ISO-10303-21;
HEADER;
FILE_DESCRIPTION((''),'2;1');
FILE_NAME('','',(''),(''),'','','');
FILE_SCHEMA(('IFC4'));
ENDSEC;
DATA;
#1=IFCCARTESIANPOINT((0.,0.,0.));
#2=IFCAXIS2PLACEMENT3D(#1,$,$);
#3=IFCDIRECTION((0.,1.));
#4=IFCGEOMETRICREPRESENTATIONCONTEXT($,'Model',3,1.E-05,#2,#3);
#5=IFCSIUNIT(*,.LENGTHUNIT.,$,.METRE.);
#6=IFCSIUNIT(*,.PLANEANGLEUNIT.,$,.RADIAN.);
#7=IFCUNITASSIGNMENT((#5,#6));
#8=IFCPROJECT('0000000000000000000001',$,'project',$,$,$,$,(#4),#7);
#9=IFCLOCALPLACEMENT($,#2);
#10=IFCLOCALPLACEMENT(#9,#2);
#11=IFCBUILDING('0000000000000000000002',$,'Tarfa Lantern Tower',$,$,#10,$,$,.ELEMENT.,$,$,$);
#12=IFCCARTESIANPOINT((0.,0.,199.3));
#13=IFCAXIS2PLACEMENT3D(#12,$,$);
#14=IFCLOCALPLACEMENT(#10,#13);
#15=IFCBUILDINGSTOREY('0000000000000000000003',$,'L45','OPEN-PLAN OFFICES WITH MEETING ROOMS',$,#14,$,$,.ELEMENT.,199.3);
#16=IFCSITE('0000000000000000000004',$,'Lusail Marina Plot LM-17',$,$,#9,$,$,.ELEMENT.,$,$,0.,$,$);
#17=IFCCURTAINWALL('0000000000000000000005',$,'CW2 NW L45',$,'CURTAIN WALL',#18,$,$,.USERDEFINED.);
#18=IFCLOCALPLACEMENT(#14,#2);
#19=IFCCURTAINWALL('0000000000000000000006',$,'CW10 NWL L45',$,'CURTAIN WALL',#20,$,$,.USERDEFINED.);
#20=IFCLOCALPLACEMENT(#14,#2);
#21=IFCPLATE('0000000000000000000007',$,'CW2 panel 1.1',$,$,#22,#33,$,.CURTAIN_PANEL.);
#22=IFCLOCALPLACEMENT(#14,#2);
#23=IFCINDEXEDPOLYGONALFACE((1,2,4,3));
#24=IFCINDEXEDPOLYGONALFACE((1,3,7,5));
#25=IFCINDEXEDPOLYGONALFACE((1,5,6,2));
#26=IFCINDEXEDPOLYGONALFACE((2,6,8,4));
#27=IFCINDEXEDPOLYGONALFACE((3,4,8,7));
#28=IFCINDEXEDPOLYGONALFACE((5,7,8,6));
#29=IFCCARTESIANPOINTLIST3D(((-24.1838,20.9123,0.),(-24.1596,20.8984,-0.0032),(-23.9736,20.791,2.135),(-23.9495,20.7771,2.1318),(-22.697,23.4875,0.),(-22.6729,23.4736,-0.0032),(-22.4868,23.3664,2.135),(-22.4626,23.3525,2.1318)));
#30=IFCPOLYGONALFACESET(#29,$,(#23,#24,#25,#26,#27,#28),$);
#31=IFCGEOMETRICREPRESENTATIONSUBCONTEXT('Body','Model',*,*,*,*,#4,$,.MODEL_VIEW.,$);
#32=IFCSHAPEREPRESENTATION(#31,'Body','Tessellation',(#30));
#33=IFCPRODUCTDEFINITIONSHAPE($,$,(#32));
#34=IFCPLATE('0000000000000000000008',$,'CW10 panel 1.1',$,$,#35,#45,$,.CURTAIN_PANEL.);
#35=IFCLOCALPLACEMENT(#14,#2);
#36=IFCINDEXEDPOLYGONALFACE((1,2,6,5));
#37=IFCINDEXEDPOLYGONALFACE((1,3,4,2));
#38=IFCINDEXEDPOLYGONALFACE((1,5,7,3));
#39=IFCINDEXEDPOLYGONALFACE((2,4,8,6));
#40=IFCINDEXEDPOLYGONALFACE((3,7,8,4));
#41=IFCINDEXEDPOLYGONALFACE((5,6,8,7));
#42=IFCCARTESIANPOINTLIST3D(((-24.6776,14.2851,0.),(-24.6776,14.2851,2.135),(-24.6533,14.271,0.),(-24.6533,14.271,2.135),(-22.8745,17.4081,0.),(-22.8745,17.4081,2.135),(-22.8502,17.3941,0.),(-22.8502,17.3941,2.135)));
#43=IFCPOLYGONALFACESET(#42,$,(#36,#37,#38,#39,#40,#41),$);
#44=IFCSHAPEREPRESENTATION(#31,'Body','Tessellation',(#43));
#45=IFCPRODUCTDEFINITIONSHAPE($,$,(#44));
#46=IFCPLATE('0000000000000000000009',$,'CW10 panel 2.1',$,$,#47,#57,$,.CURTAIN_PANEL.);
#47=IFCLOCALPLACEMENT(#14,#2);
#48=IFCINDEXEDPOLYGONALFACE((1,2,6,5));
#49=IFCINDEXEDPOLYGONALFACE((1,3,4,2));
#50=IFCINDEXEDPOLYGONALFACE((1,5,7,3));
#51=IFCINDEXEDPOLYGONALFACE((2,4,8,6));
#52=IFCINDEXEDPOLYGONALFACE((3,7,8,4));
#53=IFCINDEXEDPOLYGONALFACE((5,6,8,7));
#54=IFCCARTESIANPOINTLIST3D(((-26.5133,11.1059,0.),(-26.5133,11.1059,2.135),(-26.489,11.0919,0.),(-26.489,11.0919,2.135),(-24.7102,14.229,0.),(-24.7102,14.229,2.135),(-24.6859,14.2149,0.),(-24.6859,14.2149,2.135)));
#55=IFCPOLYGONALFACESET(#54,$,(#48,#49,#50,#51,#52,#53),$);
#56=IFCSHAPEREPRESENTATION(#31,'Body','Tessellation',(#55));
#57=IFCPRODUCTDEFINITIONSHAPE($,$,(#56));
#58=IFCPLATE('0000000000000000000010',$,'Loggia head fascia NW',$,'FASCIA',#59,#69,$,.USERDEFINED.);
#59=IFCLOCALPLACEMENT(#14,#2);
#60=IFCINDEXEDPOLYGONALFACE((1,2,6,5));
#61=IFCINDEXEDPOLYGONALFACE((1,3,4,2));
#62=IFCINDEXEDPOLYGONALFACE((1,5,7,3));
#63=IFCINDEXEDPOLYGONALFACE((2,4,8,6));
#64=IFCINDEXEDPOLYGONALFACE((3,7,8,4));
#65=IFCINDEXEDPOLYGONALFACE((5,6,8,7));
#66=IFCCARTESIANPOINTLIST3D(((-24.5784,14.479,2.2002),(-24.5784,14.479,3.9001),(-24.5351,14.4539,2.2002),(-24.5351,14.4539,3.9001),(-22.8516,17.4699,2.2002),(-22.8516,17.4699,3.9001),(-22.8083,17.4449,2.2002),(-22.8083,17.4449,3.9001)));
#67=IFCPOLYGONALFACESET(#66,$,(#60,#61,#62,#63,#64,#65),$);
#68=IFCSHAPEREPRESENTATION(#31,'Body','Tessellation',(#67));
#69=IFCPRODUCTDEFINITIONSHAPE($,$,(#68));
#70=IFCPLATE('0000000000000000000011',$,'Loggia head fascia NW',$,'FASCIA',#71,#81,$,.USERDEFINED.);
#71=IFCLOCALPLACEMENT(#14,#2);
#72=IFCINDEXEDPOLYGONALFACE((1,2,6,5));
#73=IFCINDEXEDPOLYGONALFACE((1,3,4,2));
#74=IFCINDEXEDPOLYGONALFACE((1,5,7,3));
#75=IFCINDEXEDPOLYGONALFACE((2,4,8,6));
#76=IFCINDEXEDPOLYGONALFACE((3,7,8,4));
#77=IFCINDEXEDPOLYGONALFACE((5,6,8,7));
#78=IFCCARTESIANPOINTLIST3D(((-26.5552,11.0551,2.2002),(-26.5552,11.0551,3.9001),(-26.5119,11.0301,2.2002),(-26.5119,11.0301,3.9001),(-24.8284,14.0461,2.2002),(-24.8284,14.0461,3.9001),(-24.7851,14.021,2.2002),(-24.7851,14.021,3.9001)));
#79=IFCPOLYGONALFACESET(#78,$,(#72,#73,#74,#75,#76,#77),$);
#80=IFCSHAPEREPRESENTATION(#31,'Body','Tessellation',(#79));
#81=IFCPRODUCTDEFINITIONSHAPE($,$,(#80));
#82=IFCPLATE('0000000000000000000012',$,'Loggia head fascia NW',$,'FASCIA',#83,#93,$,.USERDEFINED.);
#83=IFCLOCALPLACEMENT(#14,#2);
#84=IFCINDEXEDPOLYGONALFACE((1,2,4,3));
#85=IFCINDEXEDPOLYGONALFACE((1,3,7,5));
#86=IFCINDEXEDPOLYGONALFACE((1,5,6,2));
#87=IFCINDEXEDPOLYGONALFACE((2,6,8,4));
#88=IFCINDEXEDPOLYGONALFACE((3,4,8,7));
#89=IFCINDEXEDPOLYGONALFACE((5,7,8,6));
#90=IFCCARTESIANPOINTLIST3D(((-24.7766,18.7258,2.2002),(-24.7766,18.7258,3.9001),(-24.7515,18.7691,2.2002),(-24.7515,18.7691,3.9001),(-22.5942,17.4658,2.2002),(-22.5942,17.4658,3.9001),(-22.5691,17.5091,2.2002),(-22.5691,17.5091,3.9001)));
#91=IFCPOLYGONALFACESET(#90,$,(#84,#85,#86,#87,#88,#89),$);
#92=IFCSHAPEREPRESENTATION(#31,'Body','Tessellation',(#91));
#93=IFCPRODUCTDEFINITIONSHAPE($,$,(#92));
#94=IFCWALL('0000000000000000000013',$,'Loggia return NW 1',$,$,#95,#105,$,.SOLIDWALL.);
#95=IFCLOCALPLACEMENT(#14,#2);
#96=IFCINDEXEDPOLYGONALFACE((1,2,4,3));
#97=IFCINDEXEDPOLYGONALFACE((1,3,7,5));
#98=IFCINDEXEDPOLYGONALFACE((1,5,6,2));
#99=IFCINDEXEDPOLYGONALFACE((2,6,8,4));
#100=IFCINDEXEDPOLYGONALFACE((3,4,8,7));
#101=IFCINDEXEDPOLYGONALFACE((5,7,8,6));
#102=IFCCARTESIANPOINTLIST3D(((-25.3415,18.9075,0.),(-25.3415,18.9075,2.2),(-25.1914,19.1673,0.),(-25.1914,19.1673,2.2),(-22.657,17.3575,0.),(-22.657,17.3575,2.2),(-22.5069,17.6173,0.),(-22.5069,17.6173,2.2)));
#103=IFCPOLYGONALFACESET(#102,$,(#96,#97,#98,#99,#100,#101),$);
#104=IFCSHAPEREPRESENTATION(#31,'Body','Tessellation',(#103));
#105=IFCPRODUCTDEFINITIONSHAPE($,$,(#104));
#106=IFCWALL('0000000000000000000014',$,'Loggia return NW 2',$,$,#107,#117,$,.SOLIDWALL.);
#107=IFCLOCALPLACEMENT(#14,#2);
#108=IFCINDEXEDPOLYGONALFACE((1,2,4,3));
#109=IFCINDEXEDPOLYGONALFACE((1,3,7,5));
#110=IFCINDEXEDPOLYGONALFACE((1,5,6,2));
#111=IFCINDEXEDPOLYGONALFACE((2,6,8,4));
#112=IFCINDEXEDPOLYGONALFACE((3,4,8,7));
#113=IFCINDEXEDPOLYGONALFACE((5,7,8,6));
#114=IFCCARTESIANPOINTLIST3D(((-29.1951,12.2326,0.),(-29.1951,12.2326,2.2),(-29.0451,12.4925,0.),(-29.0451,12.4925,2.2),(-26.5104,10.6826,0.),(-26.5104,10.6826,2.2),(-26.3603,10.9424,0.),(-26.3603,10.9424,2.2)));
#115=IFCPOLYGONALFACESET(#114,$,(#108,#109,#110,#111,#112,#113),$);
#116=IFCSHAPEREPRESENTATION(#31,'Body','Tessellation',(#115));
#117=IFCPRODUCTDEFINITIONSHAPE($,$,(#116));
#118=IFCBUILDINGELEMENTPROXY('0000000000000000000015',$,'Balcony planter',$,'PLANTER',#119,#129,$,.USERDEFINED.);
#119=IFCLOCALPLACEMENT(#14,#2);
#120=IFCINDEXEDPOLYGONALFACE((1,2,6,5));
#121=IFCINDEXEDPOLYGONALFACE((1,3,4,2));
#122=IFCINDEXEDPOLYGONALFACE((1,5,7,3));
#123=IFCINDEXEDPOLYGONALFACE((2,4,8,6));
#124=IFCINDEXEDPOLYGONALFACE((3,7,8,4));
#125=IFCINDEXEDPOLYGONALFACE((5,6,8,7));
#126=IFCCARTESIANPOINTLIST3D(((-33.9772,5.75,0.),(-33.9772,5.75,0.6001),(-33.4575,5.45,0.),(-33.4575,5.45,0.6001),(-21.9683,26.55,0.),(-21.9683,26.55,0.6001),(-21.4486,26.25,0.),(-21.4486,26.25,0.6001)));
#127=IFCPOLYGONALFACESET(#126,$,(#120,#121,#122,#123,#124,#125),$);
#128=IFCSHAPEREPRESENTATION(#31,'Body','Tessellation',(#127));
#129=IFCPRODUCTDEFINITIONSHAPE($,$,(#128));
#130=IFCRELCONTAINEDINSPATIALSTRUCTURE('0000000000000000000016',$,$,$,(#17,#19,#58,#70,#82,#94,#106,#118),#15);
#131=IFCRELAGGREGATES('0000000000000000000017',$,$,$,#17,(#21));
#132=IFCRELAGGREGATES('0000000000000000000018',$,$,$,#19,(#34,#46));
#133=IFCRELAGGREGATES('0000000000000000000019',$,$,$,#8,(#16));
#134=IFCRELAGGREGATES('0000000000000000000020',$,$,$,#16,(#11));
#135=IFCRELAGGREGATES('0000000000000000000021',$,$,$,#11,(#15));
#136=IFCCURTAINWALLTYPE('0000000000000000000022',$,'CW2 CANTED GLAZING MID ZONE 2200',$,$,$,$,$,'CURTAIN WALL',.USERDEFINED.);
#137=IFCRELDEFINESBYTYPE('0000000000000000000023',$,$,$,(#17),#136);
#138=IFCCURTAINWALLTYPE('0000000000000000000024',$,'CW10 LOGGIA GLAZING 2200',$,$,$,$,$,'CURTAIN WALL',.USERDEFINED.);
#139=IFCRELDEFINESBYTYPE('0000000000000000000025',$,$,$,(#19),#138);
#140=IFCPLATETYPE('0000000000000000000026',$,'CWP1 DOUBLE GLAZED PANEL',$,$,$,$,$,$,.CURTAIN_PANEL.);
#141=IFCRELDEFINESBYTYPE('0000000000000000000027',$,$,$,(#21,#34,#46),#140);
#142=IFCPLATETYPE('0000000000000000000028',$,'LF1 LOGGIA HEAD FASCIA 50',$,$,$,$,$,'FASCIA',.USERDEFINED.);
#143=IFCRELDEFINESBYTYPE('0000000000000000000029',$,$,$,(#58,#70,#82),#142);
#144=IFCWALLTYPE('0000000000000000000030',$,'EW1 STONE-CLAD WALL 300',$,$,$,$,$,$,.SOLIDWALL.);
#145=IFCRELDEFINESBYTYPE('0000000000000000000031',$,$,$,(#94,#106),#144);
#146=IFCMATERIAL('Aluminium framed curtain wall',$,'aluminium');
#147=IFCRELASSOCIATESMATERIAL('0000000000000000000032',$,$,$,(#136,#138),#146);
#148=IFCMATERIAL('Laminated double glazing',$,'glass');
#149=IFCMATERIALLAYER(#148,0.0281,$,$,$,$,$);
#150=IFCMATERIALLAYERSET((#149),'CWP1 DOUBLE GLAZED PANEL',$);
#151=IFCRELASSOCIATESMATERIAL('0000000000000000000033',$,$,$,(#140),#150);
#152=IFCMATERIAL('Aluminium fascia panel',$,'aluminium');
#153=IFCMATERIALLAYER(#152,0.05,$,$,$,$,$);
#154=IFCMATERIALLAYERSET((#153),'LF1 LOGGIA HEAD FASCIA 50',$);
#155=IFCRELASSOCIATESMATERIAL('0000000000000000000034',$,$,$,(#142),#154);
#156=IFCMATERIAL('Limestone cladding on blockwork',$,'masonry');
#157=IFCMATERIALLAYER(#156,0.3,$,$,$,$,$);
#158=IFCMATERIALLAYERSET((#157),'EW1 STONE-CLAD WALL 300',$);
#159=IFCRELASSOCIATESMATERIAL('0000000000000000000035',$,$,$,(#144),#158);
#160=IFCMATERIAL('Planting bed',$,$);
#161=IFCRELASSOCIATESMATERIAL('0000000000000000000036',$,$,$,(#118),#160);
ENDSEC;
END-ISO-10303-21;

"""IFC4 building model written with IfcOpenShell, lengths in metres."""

from ifc_helpers import new_model, si_unit, direction, frame, frame_2d, origin, origin_2d, place, context, subcontext, project, spatial, polyline, rectangle, outline, extrude, material, layer, layer_set, type_object, element, aggregate, save


model = new_model("IFC4")

# Units and contexts
model_context = context("Model", 3, precision=1e-05, world=origin(), true_north=direction((0.0, 1.0)))
body_context = subcontext(model_context, "Body", "Model", "MODEL_VIEW")
ifc_project = project(units=[si_unit("LENGTHUNIT", "METRE"), si_unit("PLANEANGLEUNIT", "RADIAN")], contexts=[model_context])

# Site, building, storey
site_placement = place(None, origin())
site = spatial("IfcSite", under=ifc_project, at=site_placement, Name="Lusail Marina Plot LM-17", CompositionType="ELEMENT", RefElevation=0.0)
building_placement = place(site_placement, origin())
building = spatial("IfcBuilding", under=site, at=building_placement, Name="Tarfa Lantern Tower", CompositionType="ELEMENT")
storey_placement = place(building_placement, frame((0.0, 0.0, 199.3)))
storey = spatial("IfcBuildingStorey", under=building, at=storey_placement, Name="L45", Description="OPEN-PLAN OFFICES WITH MEETING ROOMS", CompositionType="ELEMENT", Elevation=199.3)

# Curtain walls
ifc_material_1 = material(Name="Aluminium framed curtain wall", Category="aluminium")
curtain_wall_type_1 = type_object("IfcCurtainWallType", Name="CW2 CANTED GLAZING MID ZONE 2200", ElementType="CURTAIN WALL", PredefinedType="USERDEFINED", material=ifc_material_1)
curtain_wall_1_placement = place(storey_placement, origin())
curtain_wall_1 = element("IfcCurtainWall", 1, at=curtain_wall_1_placement, inside=storey, type_object=curtain_wall_type_1, Name="CW2 NW L45", ObjectType="CURTAIN WALL", PredefinedType="USERDEFINED")
curtain_wall_type_2 = type_object("IfcCurtainWallType", Name="CW10 LOGGIA GLAZING 2200", ElementType="CURTAIN WALL", PredefinedType="USERDEFINED", material=ifc_material_1)
curtain_wall_2_placement = place(storey_placement, origin())
curtain_wall_2 = element("IfcCurtainWall", 2, at=curtain_wall_2_placement, inside=storey, type_object=curtain_wall_type_2, Name="CW10 NWL L45", ObjectType="CURTAIN WALL", PredefinedType="USERDEFINED")

# Plates
ifc_material_2 = material(Name="Laminated double glazing", Category="glass")
ifc_layer_1 = layer(ifc_material_2, 0.0281)
ifc_layer_set_1 = layer_set([ifc_layer_1], Name="CWP1 DOUBLE GLAZED PANEL")
plate_type_1 = type_object("IfcPlateType", Name="CWP1 DOUBLE GLAZED PANEL", PredefinedType="CURTAIN_PANEL", material=ifc_layer_set_1)
plate_1_placement = place(storey_placement, frame((-22.697, 23.4875, 0.0), z_axis=(-0.860492, 0.496791, 0.112926), x_axis=(-0.499989, -0.866032, -0.000002)))
plate_1 = element("IfcPlate", 3, at=plate_1_placement, type_object=plate_type_1, Name="CW2 panel 1.1", PredefinedType="CURTAIN_PANEL", context=body_context, shape_type="SweptSolid", body=[
    extrude(outline(polyline([(0.0, 0.0), (2.9736, 0.0), (2.9736, 2.1488), (-0.0002, 2.1487), (0.0, 0.0)])), origin(), (0.0, 0.0, -1.0), 0.0281),
])
aggregate(curtain_wall_1, [plate_1])
plate_2_placement = place(storey_placement, frame((-23.7639, 15.8396, 0.0), z_axis=(0.0, 0.0, 1.0), x_axis=(-0.5, -0.866025, 0.0)))
plate_2 = element("IfcPlate", 4, at=plate_2_placement, type_object=plate_type_1, Name="CW10 panel 1.1", PredefinedType="CURTAIN_PANEL", context=body_context, shape_type="SweptSolid", body=[
    extrude(rectangle(XDim=3.6062, YDim=0.0281, at=origin_2d()), origin(), (0.0, 0.0, 1.0), 2.135),
])
plate_3_placement = place(storey_placement, frame((-25.5996, 12.6604, 0.0), z_axis=(0.0, 0.0, 1.0), x_axis=(-0.5, -0.866025, 0.0)))
plate_3 = element("IfcPlate", 5, at=plate_3_placement, type_object=plate_type_1, Name="CW10 panel 2.1", PredefinedType="CURTAIN_PANEL", context=body_context, shape_type="SweptSolid", body=[
    extrude(rectangle(XDim=3.6062, YDim=0.0281, at=origin_2d()), origin(), (0.0, 0.0, 1.0), 2.135),
])
aggregate(curtain_wall_2, [plate_2, plate_3])

# Plates
ifc_material_3 = material(Name="Aluminium fascia panel", Category="aluminium")
ifc_layer_2 = layer(ifc_material_3, 0.05)
ifc_layer_set_2 = layer_set([ifc_layer_2], Name="LF1 LOGGIA HEAD FASCIA 50")
plate_type_2 = type_object("IfcPlateType", Name="LF1 LOGGIA HEAD FASCIA 50", ElementType="FASCIA", PredefinedType="USERDEFINED", material=ifc_layer_set_2)
for number, where, z_axis, x_axis, name in (
    (6, (-23.6934, 15.9619, 2.2002), (0.0, 0.0, 1.0), (-0.5, -0.866025, 0.0), "Loggia head fascia NW"),
    (7, (-25.6702, 12.5381, 2.2002), (0.0, 0.0, 1.0), (-0.5, -0.866025, 0.0), "Loggia head fascia NW"),
):
    element("IfcPlate", number, at=place(storey_placement, frame(where, z_axis=z_axis, x_axis=x_axis)), inside=storey, type_object=plate_type_2, Name=name, ObjectType="FASCIA", PredefinedType="USERDEFINED", context=body_context, shape_type="SweptSolid", body=[
        extrude(rectangle(XDim=3.4536, YDim=0.05, at=origin_2d()), origin(), (0.0, 0.0, 1.0), 1.7),
    ])
plate_4_placement = place(storey_placement, frame((-23.6729, 18.1174, 2.2002), z_axis=(0.0, 0.0, 1.0), x_axis=(0.866025, -0.5, 0.0)))
element("IfcPlate", 8, at=plate_4_placement, inside=storey, type_object=plate_type_2, Name="Loggia head fascia NW", ObjectType="FASCIA", PredefinedType="USERDEFINED", context=body_context, shape_type="SweptSolid", body=[
    extrude(rectangle(XDim=2.52, YDim=0.05, at=origin_2d()), origin(), (0.0, 0.0, 1.0), 1.7),
])

# Walls
ifc_material_4 = material(Name="Limestone cladding on blockwork", Category="masonry")
ifc_layer_3 = layer(ifc_material_4, 0.3)
ifc_layer_set_3 = layer_set([ifc_layer_3], Name="EW1 STONE-CLAD WALL 300")
wall_type = type_object("IfcWallType", Name="EW1 STONE-CLAD WALL 300", PredefinedType="SOLIDWALL", material=ifc_layer_set_3)
wall_1_placement = place(storey_placement, frame((-25.2664, 19.0374, 0.0), z_axis=(0.0, 0.0, 1.0), x_axis=(0.86601, -0.500027, 0.0)))
element("IfcWall", 9, at=wall_1_placement, inside=storey, type_object=wall_type, Name="Loggia return NW 1", PredefinedType="SOLIDWALL", context=body_context, shape_type="SweptSolid", body=[
    extrude(rectangle(XDim=3.0999, YDim=0.3, at=frame_2d((1.5498, 0.0))), origin(), (0.0, 0.0, 1.0), 2.2),
])
wall_2_placement = place(storey_placement, frame((-29.1201, 12.3625, 0.0), z_axis=(0.0, 0.0, 1.0), x_axis=(0.86603, -0.499993, 0.0)))
element("IfcWall", 10, at=wall_2_placement, inside=storey, type_object=wall_type, Name="Loggia return NW 2", PredefinedType="SOLIDWALL", context=body_context, shape_type="SweptSolid", body=[
    extrude(rectangle(XDim=3.1001, YDim=0.3, at=frame_2d((1.55, 0.0))), origin(), (0.0, 0.0, 1.0), 2.2),
])

# Building element proxy
ifc_material_5 = material(Name="Planting bed")
proxy_placement = place(storey_placement, frame((-27.7129, 16.0, 0.0), z_axis=(0.0, 0.0, 1.0), x_axis=(-0.5, -0.866025, 0.0)))
element("IfcBuildingElementProxy", 11, at=proxy_placement, inside=storey, material=ifc_material_5, Name="Balcony planter", ObjectType="PLANTER", PredefinedType="USERDEFINED", context=body_context, shape_type="SweptSolid", body=[
    extrude(rectangle(XDim=24.0178, YDim=0.6001, at=origin_2d()), origin(), (0.0, 0.0, 1.0), 0.6001),
])

save(model, "model.ifc")
